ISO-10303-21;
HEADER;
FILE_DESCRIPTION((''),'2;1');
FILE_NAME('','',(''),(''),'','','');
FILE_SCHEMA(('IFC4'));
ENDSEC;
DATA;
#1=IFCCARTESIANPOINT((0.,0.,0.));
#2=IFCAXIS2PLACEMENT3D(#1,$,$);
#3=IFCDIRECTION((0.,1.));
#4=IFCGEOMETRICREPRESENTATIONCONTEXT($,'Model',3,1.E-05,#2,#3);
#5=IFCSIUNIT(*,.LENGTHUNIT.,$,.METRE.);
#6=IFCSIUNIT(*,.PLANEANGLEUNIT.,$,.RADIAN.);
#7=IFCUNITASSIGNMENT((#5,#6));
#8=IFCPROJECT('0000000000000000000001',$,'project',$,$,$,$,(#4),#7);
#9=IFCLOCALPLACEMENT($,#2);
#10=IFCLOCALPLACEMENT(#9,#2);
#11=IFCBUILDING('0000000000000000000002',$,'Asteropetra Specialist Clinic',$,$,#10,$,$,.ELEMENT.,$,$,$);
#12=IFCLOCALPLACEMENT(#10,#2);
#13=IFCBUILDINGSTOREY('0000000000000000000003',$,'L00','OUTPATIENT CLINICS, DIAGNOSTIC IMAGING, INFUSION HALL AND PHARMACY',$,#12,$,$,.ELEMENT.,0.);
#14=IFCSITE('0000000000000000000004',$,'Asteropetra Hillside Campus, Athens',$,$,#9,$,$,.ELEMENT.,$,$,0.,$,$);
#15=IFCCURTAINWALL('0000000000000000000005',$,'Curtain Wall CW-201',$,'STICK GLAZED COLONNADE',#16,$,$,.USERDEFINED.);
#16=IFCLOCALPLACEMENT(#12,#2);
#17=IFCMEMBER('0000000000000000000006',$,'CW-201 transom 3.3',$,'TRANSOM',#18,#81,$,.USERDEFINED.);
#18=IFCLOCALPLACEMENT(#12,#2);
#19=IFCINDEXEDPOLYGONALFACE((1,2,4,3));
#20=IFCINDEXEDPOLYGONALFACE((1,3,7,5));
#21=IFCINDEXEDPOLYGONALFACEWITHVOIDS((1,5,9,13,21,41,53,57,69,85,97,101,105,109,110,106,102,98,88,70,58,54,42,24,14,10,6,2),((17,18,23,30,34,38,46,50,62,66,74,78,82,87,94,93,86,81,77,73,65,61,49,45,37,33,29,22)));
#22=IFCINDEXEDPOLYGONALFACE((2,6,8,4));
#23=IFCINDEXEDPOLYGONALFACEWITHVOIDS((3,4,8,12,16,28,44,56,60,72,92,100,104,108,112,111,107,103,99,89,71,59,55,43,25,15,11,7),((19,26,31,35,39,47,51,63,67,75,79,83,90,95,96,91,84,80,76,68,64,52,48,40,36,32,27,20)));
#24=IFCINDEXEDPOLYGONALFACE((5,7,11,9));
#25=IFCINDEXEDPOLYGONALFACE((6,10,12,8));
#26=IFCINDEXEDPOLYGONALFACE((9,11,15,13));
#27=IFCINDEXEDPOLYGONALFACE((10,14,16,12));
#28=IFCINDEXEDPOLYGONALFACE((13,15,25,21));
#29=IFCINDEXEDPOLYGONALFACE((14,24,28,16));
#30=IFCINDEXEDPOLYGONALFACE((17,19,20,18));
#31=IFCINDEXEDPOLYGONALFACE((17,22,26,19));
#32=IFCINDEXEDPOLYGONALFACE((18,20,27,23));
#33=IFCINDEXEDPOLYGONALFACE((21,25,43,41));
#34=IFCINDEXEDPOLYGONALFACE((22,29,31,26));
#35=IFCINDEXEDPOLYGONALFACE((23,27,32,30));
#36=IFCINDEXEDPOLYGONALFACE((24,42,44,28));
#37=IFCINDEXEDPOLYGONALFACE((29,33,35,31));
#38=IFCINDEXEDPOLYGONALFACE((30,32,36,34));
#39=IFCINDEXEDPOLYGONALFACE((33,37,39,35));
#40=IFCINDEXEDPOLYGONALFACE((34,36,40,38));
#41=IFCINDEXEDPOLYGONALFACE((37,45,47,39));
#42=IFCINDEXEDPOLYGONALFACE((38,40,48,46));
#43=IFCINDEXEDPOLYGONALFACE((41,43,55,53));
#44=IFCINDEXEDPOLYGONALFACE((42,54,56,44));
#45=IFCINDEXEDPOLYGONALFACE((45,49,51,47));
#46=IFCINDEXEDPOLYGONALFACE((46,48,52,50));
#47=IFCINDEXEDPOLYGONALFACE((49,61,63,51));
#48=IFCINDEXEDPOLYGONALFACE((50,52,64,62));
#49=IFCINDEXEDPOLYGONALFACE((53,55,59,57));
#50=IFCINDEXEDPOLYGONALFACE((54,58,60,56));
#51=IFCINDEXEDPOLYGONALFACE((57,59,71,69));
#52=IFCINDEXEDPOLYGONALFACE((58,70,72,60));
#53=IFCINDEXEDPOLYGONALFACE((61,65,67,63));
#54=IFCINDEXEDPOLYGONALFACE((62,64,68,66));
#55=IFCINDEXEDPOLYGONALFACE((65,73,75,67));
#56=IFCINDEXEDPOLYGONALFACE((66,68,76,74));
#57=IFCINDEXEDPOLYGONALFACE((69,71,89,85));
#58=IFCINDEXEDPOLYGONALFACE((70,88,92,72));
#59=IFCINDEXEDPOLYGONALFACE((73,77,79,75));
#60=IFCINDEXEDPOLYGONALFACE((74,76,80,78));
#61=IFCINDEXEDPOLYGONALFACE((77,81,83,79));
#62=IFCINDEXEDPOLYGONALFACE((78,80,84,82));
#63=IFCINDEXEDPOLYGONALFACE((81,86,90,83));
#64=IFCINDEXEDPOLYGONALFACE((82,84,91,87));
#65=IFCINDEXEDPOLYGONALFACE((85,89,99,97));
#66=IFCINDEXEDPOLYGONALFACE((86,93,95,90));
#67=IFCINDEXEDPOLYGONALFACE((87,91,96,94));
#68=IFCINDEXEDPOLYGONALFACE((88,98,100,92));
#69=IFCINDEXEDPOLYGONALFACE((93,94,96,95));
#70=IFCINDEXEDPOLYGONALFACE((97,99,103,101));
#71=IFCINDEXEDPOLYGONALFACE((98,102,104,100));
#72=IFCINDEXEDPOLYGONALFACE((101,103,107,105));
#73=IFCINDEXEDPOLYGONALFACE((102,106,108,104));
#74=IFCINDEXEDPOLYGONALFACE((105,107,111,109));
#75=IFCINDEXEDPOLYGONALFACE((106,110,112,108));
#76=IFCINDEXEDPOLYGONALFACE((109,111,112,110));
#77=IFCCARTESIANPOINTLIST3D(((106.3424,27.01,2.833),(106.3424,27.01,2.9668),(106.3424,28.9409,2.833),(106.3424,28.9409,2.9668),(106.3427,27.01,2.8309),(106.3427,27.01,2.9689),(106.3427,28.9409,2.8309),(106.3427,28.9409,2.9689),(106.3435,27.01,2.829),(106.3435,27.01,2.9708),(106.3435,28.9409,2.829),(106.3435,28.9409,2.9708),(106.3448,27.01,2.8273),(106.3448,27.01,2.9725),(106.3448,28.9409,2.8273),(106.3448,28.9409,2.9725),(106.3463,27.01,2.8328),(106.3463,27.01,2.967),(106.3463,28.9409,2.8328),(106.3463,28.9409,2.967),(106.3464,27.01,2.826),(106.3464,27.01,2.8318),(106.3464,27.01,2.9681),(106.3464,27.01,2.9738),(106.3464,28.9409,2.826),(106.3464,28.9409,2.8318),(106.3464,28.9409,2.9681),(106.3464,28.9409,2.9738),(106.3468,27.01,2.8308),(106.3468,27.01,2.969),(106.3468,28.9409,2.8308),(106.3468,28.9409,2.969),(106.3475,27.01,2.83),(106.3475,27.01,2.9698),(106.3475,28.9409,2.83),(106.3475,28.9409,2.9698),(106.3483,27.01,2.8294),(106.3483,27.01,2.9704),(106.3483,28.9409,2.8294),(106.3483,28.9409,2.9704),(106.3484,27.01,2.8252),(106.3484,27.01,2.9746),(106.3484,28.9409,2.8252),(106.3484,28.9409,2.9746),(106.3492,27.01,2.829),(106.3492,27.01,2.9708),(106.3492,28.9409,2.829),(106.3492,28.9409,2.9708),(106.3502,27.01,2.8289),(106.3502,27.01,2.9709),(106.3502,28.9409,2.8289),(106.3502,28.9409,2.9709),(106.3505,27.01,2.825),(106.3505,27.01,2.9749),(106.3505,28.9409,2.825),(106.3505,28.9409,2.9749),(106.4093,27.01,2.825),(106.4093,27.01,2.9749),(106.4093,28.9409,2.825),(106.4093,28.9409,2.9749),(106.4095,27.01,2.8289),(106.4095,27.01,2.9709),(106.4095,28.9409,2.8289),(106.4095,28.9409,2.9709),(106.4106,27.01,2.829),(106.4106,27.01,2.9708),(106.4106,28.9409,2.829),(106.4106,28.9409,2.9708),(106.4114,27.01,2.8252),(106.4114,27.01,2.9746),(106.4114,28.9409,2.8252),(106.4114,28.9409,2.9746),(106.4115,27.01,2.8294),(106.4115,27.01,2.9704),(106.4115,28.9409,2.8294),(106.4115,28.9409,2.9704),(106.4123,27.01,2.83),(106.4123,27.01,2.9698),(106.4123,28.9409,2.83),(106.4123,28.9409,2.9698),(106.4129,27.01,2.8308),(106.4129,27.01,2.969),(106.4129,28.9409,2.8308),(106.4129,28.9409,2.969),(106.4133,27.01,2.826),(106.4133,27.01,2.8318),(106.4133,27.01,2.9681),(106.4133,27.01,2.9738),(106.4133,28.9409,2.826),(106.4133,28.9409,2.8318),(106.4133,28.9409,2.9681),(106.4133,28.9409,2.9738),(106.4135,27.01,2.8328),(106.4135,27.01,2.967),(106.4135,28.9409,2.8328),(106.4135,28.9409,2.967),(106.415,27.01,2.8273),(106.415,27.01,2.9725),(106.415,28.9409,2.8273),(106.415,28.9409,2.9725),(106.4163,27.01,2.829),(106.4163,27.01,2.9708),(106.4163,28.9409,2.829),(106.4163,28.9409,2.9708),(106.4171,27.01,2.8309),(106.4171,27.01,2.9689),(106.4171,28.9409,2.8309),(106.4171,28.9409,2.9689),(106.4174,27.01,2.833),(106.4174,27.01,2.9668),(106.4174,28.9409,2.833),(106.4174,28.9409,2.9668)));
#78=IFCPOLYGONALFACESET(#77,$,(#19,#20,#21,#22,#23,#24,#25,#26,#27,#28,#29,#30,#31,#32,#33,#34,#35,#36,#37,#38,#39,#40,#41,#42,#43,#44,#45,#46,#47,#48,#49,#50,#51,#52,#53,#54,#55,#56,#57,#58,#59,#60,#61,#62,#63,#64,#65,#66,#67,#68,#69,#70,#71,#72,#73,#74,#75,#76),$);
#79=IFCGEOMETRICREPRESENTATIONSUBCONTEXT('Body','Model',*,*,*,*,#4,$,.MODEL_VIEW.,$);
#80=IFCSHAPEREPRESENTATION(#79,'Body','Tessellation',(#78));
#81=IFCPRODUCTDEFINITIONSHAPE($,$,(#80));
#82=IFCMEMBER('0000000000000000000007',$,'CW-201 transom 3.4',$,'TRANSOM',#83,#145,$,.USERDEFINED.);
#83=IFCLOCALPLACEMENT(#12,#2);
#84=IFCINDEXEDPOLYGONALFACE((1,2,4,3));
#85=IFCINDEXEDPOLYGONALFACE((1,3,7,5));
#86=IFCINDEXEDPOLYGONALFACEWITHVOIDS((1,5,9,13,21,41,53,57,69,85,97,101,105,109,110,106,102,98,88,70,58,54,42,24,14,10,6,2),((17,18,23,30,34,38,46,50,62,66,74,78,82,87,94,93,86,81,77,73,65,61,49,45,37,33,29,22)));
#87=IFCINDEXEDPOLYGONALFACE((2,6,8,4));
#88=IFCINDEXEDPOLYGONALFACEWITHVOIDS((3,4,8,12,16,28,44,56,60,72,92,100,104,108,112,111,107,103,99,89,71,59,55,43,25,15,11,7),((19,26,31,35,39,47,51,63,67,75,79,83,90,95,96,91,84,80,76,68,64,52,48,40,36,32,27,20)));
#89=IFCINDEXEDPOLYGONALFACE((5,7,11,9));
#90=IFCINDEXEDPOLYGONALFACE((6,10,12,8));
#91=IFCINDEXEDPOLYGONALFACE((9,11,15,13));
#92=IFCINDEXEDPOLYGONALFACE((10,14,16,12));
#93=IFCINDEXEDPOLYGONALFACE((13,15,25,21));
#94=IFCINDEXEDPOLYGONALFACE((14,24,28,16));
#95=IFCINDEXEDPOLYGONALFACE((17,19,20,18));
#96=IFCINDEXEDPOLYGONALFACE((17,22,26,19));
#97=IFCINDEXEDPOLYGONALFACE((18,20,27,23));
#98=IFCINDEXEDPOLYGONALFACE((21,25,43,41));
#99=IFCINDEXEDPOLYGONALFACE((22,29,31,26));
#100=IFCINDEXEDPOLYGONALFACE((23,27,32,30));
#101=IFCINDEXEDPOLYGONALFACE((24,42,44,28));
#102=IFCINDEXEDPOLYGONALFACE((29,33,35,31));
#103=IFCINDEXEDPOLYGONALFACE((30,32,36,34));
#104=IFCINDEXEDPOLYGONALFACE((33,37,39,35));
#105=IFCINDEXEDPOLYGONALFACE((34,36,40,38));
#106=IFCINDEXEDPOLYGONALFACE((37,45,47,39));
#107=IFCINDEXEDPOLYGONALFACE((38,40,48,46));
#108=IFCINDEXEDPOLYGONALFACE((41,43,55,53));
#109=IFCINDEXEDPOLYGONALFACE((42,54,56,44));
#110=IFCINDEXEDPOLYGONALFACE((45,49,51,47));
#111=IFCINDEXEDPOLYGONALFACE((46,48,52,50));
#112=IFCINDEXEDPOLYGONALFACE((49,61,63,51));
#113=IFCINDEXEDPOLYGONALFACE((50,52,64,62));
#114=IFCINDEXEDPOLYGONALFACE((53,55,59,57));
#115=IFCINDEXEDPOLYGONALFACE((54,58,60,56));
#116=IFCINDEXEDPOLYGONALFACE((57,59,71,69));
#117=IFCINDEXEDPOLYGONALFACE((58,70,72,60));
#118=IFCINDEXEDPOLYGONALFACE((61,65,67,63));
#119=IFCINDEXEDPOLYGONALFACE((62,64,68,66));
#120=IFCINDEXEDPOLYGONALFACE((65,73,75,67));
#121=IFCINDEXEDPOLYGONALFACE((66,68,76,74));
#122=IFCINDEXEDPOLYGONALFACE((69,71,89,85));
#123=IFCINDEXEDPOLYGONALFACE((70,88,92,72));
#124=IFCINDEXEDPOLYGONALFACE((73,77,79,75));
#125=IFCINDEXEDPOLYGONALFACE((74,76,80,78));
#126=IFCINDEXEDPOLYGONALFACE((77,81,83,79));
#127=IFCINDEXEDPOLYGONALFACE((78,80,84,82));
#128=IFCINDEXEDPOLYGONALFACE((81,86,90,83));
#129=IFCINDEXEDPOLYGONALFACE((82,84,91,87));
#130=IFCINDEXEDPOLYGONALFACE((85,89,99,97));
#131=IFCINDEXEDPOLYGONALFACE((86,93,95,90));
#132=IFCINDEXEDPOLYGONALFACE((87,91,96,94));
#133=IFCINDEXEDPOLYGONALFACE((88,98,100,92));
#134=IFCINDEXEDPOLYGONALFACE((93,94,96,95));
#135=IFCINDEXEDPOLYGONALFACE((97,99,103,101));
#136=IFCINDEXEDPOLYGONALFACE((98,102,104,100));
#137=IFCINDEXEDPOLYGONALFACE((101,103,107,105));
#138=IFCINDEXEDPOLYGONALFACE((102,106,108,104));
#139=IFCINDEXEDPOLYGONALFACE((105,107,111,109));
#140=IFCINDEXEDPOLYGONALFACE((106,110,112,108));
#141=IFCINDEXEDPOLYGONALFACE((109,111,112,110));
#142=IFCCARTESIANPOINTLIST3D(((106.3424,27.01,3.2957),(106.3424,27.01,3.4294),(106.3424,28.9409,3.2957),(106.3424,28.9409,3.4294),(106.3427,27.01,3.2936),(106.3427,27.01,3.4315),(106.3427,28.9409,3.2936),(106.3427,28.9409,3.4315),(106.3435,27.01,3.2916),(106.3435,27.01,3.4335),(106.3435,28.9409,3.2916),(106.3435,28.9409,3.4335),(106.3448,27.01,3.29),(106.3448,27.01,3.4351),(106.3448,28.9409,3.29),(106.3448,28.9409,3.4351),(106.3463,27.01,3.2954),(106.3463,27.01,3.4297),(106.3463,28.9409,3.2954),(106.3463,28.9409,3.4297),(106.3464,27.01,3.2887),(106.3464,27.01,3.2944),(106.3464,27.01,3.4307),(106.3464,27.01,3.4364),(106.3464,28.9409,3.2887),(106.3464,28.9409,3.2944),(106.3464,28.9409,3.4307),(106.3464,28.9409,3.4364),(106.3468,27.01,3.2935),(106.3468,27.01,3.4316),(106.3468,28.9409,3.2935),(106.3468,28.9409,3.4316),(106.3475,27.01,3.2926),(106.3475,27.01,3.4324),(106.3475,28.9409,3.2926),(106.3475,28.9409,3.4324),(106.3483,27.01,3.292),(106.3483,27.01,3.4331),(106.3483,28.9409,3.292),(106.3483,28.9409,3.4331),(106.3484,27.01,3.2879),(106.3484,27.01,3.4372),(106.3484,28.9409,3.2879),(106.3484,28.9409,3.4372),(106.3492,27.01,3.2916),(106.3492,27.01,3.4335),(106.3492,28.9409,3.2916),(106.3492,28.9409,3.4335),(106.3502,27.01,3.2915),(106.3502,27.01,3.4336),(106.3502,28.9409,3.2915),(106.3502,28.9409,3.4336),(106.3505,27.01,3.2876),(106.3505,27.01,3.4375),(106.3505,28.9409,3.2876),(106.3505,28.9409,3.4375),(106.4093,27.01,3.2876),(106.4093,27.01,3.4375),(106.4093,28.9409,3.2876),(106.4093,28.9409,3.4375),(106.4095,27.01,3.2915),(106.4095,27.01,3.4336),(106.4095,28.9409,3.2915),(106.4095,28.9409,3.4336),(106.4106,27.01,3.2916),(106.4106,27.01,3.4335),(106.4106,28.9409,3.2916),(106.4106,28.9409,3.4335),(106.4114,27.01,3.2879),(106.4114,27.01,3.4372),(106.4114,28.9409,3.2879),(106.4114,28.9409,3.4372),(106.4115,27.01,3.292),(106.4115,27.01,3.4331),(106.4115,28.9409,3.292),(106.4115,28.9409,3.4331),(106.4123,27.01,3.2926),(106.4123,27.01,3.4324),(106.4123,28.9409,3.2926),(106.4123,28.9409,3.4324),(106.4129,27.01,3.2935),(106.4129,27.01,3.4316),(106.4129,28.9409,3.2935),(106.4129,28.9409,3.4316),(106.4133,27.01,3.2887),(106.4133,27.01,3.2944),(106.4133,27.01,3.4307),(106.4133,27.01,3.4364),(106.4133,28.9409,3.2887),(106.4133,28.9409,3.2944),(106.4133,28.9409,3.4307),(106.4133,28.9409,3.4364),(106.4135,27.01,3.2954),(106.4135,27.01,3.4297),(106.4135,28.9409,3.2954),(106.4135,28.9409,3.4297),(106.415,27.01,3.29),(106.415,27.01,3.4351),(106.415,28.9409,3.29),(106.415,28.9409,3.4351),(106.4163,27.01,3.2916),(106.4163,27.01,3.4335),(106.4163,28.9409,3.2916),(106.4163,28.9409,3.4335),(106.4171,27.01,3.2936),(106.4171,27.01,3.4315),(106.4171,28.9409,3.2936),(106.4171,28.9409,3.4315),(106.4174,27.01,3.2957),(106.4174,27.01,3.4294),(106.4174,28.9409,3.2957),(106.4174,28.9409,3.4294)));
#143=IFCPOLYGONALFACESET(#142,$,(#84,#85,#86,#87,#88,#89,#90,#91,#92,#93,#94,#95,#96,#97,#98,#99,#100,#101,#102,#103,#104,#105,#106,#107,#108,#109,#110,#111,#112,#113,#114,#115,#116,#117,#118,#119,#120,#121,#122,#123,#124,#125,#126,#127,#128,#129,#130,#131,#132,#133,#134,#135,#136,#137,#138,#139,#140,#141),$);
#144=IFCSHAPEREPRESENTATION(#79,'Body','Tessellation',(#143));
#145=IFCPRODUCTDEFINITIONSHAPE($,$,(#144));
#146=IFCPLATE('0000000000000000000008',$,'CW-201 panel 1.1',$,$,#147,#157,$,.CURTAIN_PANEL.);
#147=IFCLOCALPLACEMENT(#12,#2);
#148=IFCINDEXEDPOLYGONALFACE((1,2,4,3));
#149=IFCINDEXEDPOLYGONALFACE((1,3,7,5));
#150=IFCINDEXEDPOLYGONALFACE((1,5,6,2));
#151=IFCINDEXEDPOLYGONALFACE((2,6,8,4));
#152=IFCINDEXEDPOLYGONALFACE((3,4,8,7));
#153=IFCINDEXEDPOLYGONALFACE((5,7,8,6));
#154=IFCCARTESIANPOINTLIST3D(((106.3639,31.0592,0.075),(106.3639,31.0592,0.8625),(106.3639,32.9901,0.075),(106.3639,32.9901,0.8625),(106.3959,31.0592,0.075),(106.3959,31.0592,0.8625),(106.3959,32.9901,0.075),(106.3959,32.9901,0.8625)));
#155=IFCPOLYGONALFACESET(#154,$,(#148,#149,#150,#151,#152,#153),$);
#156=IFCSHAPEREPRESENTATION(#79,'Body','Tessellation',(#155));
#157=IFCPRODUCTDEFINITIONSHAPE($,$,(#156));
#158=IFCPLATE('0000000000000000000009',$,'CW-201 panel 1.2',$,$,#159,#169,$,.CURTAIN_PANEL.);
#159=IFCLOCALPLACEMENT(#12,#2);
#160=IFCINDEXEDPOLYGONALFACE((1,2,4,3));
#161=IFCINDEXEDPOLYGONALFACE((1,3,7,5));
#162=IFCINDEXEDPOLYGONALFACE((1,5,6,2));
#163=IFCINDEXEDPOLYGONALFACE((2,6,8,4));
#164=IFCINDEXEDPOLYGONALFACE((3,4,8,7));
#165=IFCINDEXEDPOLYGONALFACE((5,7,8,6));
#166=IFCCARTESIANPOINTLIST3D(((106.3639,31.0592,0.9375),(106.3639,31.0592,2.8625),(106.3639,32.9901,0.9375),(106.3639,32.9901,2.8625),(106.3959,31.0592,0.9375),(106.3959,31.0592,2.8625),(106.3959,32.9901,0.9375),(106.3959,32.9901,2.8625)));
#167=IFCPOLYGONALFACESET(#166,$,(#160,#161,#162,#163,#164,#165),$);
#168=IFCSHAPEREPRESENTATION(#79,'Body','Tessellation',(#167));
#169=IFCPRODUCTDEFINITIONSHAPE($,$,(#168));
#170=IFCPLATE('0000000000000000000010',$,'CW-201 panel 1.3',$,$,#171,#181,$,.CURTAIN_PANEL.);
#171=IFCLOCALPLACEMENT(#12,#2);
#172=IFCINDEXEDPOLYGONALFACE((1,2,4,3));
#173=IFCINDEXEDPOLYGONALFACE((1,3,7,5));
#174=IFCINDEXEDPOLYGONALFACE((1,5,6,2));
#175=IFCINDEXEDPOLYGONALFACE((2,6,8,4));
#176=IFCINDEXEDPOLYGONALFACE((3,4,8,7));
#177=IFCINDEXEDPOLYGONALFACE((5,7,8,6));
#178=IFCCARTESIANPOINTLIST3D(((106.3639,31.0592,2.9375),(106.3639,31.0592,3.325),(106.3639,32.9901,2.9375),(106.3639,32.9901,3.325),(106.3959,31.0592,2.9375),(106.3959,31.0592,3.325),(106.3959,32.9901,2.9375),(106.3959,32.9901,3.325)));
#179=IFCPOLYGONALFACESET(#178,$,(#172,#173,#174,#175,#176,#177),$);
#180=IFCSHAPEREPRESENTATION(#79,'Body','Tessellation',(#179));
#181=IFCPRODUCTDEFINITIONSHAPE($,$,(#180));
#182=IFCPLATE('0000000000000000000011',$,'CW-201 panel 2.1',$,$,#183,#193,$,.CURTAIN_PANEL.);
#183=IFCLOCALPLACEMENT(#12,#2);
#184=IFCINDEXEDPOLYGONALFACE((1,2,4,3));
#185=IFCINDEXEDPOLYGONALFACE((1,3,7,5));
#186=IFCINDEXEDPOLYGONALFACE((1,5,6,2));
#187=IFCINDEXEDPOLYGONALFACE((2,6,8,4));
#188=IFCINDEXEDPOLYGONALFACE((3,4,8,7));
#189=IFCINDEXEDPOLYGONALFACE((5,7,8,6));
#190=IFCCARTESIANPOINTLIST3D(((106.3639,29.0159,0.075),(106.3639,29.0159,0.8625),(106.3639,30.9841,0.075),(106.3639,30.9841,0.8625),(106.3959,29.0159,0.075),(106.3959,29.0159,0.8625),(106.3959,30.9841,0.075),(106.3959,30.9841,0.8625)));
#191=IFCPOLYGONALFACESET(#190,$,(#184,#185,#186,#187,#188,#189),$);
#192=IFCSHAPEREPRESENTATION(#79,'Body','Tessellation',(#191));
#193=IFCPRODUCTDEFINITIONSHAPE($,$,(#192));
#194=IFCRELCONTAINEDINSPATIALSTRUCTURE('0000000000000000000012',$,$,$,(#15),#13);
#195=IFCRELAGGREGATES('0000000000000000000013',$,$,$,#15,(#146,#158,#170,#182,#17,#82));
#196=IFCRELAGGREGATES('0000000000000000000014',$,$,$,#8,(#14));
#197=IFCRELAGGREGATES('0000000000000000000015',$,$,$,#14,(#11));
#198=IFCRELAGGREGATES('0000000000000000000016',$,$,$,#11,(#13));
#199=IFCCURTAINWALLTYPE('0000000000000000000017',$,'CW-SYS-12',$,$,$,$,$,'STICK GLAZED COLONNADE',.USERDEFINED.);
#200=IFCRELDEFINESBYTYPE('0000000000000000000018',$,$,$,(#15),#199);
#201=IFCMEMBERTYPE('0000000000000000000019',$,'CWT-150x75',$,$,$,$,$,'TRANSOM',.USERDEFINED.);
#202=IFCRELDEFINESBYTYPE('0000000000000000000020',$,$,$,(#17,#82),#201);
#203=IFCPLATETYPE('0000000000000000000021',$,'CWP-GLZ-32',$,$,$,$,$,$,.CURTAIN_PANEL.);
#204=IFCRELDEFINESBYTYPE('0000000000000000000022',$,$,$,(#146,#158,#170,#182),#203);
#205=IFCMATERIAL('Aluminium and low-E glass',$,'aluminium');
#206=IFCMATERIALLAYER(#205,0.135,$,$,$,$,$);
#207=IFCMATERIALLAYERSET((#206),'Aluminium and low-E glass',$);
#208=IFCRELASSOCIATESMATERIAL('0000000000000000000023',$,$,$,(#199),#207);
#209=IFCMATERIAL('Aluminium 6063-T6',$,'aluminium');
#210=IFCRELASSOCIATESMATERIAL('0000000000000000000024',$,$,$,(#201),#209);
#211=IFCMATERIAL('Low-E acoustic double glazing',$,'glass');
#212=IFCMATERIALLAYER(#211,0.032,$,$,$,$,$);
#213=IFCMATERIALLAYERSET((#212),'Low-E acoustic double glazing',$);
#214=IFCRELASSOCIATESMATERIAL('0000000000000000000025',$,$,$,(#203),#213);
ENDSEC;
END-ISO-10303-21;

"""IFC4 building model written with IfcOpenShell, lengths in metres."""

from ifc_helpers import new_model, si_unit, direction, frame, origin, origin_2d, place, context, subcontext, project, spatial, rectangle, hollow_rectangle, extrude, material, layer, layer_set, material_profile, profile_set, type_object, element, aggregate, save


model = new_model("IFC4")

# Units and contexts
model_context = context("Model", 3, precision=1e-05, world=origin(), true_north=direction((0.0, 1.0)))
body_context = subcontext(model_context, "Body", "Model", "MODEL_VIEW")
ifc_project = project(units=[si_unit("LENGTHUNIT", "METRE"), si_unit("PLANEANGLEUNIT", "RADIAN")], contexts=[model_context])

# Site, building, storey
site_placement = place(None, origin())
site = spatial("IfcSite", under=ifc_project, at=site_placement, Name="Asteropetra Hillside Campus, Athens", CompositionType="ELEMENT", RefElevation=0.0)
building_placement = place(site_placement, origin())
building = spatial("IfcBuilding", under=site, at=building_placement, Name="Asteropetra Specialist Clinic", CompositionType="ELEMENT")
storey_placement = place(building_placement, origin())
storey = spatial("IfcBuildingStorey", under=building, at=storey_placement, Name="L00", Description="OUTPATIENT CLINICS, DIAGNOSTIC IMAGING, INFUSION HALL AND PHARMACY", CompositionType="ELEMENT", Elevation=0.0)

# Curtain wall
ifc_material_1 = material(Name="Aluminium and low-E glass", Category="aluminium")
ifc_layer_1 = layer(ifc_material_1, 0.135)
ifc_layer_set_1 = layer_set([ifc_layer_1], Name="Aluminium and low-E glass")
curtain_wall_type_1 = type_object("IfcCurtainWallType", Name="CW-SYS-12", ElementType="STICK GLAZED COLONNADE", PredefinedType="USERDEFINED", material=ifc_layer_set_1)
curtain_wall_1_placement = place(storey_placement, origin())
curtain_wall_1 = element("IfcCurtainWall", 1, at=curtain_wall_1_placement, inside=storey, type_object=curtain_wall_type_1, Name="Curtain Wall CW-201", ObjectType="STICK GLAZED COLONNADE", PredefinedType="USERDEFINED")

# Members
ifc_material_2 = material(Name="Aluminium 6063-T6", Category="aluminium")
ifc_material_profile_1 = material_profile(ifc_material_2, hollow_rectangle(XDim=0.075, YDim=0.1499, WallThickness=0.0039, InnerFilletRadius=0.0039, OuterFilletRadius=0.0081, at=origin_2d()), Name="TRN 150x75x4.0")
ifc_profile_set_1 = profile_set([ifc_material_profile_1], Name="Aluminium 6063-T6")
member_type_1 = type_object("IfcMemberType", Name="CWT-150x75", ElementType="TRANSOM", PredefinedType="USERDEFINED", material=ifc_profile_set_1)
member_1_placement = place(storey_placement, frame((106.3799, 28.9409, 2.8999), z_axis=(0.0, -1.0, 0.0), x_axis=(1.0, 0.0, 0.0)))
member_1 = element("IfcMember", 2, at=member_1_placement, type_object=member_type_1, Name="CW-201 transom 3.3", ObjectType="TRANSOM", PredefinedType="USERDEFINED", context=body_context, shape_type="SweptSolid", body=[
    extrude(hollow_rectangle(XDim=0.075, YDim=0.1499, WallThickness=0.0039, InnerFilletRadius=0.0039, OuterFilletRadius=0.0081, at=origin_2d()), origin(), (0.0, 0.0, 1.0), 1.9309),
])
member_2_placement = place(storey_placement, frame((106.3799, 28.9409, 3.3625), z_axis=(0.0, -1.0, 0.0), x_axis=(1.0, 0.0, 0.0)))
member_2 = element("IfcMember", 3, at=member_2_placement, type_object=member_type_1, Name="CW-201 transom 3.4", ObjectType="TRANSOM", PredefinedType="USERDEFINED", context=body_context, shape_type="SweptSolid", body=[
    extrude(hollow_rectangle(XDim=0.075, YDim=0.1499, WallThickness=0.0039, InnerFilletRadius=0.0039, OuterFilletRadius=0.0081, at=origin_2d()), origin(), (0.0, 0.0, 1.0), 1.9309),
])

# Plates
ifc_material_3 = material(Name="Low-E acoustic double glazing", Category="glass")
ifc_layer_2 = layer(ifc_material_3, 0.032)
ifc_layer_set_2 = layer_set([ifc_layer_2], Name="Low-E acoustic double glazing")
plate_type = type_object("IfcPlateType", Name="CWP-GLZ-32", PredefinedType="CURTAIN_PANEL", material=ifc_layer_set_2)
plate_1_placement = place(storey_placement, frame((106.3799, 32.0247, 0.075), z_axis=(0.0, 0.0, 1.0), x_axis=(0.0, -1.0, 0.0)))
plate_1 = element("IfcPlate", 4, at=plate_1_placement, type_object=plate_type, Name="CW-201 panel 1.1", PredefinedType="CURTAIN_PANEL", context=body_context, shape_type="SweptSolid", body=[
    extrude(rectangle(XDim=1.9309, YDim=0.032, at=origin_2d()), origin(), (0.0, 0.0, 1.0), 0.7876),
])
plate_2_placement = place(storey_placement, frame((106.3799, 32.0247, 0.9375), z_axis=(0.0, 0.0, 1.0), x_axis=(0.0, -1.0, 0.0)))
plate_2 = element("IfcPlate", 5, at=plate_2_placement, type_object=plate_type, Name="CW-201 panel 1.2", PredefinedType="CURTAIN_PANEL", context=body_context, shape_type="SweptSolid", body=[
    extrude(rectangle(XDim=1.9309, YDim=0.032, at=origin_2d()), origin(), (0.0, 0.0, 1.0), 1.925),
])
plate_3_placement = place(storey_placement, frame((106.3799, 32.0247, 2.9375), z_axis=(0.0, 0.0, 1.0), x_axis=(0.0, -1.0, 0.0)))
plate_3 = element("IfcPlate", 6, at=plate_3_placement, type_object=plate_type, Name="CW-201 panel 1.3", PredefinedType="CURTAIN_PANEL", context=body_context, shape_type="SweptSolid", body=[
    extrude(rectangle(XDim=1.9309, YDim=0.032, at=origin_2d()), origin(), (0.0, 0.0, 1.0), 0.3875),
])
plate_4_placement = place(storey_placement, frame((106.3799, 30.0, 0.075), z_axis=(0.0, 0.0, 1.0), x_axis=(0.0, -1.0, 0.0)))
plate_4 = element("IfcPlate", 7, at=plate_4_placement, type_object=plate_type, Name="CW-201 panel 2.1", PredefinedType="CURTAIN_PANEL", context=body_context, shape_type="SweptSolid", body=[
    extrude(rectangle(XDim=1.9683, YDim=0.032, at=origin_2d()), origin(), (0.0, 0.0, 1.0), 0.7876),
])
aggregate(curtain_wall_1, [plate_1, plate_2, plate_3, plate_4, member_1, member_2])

save(model, "model.ifc")
